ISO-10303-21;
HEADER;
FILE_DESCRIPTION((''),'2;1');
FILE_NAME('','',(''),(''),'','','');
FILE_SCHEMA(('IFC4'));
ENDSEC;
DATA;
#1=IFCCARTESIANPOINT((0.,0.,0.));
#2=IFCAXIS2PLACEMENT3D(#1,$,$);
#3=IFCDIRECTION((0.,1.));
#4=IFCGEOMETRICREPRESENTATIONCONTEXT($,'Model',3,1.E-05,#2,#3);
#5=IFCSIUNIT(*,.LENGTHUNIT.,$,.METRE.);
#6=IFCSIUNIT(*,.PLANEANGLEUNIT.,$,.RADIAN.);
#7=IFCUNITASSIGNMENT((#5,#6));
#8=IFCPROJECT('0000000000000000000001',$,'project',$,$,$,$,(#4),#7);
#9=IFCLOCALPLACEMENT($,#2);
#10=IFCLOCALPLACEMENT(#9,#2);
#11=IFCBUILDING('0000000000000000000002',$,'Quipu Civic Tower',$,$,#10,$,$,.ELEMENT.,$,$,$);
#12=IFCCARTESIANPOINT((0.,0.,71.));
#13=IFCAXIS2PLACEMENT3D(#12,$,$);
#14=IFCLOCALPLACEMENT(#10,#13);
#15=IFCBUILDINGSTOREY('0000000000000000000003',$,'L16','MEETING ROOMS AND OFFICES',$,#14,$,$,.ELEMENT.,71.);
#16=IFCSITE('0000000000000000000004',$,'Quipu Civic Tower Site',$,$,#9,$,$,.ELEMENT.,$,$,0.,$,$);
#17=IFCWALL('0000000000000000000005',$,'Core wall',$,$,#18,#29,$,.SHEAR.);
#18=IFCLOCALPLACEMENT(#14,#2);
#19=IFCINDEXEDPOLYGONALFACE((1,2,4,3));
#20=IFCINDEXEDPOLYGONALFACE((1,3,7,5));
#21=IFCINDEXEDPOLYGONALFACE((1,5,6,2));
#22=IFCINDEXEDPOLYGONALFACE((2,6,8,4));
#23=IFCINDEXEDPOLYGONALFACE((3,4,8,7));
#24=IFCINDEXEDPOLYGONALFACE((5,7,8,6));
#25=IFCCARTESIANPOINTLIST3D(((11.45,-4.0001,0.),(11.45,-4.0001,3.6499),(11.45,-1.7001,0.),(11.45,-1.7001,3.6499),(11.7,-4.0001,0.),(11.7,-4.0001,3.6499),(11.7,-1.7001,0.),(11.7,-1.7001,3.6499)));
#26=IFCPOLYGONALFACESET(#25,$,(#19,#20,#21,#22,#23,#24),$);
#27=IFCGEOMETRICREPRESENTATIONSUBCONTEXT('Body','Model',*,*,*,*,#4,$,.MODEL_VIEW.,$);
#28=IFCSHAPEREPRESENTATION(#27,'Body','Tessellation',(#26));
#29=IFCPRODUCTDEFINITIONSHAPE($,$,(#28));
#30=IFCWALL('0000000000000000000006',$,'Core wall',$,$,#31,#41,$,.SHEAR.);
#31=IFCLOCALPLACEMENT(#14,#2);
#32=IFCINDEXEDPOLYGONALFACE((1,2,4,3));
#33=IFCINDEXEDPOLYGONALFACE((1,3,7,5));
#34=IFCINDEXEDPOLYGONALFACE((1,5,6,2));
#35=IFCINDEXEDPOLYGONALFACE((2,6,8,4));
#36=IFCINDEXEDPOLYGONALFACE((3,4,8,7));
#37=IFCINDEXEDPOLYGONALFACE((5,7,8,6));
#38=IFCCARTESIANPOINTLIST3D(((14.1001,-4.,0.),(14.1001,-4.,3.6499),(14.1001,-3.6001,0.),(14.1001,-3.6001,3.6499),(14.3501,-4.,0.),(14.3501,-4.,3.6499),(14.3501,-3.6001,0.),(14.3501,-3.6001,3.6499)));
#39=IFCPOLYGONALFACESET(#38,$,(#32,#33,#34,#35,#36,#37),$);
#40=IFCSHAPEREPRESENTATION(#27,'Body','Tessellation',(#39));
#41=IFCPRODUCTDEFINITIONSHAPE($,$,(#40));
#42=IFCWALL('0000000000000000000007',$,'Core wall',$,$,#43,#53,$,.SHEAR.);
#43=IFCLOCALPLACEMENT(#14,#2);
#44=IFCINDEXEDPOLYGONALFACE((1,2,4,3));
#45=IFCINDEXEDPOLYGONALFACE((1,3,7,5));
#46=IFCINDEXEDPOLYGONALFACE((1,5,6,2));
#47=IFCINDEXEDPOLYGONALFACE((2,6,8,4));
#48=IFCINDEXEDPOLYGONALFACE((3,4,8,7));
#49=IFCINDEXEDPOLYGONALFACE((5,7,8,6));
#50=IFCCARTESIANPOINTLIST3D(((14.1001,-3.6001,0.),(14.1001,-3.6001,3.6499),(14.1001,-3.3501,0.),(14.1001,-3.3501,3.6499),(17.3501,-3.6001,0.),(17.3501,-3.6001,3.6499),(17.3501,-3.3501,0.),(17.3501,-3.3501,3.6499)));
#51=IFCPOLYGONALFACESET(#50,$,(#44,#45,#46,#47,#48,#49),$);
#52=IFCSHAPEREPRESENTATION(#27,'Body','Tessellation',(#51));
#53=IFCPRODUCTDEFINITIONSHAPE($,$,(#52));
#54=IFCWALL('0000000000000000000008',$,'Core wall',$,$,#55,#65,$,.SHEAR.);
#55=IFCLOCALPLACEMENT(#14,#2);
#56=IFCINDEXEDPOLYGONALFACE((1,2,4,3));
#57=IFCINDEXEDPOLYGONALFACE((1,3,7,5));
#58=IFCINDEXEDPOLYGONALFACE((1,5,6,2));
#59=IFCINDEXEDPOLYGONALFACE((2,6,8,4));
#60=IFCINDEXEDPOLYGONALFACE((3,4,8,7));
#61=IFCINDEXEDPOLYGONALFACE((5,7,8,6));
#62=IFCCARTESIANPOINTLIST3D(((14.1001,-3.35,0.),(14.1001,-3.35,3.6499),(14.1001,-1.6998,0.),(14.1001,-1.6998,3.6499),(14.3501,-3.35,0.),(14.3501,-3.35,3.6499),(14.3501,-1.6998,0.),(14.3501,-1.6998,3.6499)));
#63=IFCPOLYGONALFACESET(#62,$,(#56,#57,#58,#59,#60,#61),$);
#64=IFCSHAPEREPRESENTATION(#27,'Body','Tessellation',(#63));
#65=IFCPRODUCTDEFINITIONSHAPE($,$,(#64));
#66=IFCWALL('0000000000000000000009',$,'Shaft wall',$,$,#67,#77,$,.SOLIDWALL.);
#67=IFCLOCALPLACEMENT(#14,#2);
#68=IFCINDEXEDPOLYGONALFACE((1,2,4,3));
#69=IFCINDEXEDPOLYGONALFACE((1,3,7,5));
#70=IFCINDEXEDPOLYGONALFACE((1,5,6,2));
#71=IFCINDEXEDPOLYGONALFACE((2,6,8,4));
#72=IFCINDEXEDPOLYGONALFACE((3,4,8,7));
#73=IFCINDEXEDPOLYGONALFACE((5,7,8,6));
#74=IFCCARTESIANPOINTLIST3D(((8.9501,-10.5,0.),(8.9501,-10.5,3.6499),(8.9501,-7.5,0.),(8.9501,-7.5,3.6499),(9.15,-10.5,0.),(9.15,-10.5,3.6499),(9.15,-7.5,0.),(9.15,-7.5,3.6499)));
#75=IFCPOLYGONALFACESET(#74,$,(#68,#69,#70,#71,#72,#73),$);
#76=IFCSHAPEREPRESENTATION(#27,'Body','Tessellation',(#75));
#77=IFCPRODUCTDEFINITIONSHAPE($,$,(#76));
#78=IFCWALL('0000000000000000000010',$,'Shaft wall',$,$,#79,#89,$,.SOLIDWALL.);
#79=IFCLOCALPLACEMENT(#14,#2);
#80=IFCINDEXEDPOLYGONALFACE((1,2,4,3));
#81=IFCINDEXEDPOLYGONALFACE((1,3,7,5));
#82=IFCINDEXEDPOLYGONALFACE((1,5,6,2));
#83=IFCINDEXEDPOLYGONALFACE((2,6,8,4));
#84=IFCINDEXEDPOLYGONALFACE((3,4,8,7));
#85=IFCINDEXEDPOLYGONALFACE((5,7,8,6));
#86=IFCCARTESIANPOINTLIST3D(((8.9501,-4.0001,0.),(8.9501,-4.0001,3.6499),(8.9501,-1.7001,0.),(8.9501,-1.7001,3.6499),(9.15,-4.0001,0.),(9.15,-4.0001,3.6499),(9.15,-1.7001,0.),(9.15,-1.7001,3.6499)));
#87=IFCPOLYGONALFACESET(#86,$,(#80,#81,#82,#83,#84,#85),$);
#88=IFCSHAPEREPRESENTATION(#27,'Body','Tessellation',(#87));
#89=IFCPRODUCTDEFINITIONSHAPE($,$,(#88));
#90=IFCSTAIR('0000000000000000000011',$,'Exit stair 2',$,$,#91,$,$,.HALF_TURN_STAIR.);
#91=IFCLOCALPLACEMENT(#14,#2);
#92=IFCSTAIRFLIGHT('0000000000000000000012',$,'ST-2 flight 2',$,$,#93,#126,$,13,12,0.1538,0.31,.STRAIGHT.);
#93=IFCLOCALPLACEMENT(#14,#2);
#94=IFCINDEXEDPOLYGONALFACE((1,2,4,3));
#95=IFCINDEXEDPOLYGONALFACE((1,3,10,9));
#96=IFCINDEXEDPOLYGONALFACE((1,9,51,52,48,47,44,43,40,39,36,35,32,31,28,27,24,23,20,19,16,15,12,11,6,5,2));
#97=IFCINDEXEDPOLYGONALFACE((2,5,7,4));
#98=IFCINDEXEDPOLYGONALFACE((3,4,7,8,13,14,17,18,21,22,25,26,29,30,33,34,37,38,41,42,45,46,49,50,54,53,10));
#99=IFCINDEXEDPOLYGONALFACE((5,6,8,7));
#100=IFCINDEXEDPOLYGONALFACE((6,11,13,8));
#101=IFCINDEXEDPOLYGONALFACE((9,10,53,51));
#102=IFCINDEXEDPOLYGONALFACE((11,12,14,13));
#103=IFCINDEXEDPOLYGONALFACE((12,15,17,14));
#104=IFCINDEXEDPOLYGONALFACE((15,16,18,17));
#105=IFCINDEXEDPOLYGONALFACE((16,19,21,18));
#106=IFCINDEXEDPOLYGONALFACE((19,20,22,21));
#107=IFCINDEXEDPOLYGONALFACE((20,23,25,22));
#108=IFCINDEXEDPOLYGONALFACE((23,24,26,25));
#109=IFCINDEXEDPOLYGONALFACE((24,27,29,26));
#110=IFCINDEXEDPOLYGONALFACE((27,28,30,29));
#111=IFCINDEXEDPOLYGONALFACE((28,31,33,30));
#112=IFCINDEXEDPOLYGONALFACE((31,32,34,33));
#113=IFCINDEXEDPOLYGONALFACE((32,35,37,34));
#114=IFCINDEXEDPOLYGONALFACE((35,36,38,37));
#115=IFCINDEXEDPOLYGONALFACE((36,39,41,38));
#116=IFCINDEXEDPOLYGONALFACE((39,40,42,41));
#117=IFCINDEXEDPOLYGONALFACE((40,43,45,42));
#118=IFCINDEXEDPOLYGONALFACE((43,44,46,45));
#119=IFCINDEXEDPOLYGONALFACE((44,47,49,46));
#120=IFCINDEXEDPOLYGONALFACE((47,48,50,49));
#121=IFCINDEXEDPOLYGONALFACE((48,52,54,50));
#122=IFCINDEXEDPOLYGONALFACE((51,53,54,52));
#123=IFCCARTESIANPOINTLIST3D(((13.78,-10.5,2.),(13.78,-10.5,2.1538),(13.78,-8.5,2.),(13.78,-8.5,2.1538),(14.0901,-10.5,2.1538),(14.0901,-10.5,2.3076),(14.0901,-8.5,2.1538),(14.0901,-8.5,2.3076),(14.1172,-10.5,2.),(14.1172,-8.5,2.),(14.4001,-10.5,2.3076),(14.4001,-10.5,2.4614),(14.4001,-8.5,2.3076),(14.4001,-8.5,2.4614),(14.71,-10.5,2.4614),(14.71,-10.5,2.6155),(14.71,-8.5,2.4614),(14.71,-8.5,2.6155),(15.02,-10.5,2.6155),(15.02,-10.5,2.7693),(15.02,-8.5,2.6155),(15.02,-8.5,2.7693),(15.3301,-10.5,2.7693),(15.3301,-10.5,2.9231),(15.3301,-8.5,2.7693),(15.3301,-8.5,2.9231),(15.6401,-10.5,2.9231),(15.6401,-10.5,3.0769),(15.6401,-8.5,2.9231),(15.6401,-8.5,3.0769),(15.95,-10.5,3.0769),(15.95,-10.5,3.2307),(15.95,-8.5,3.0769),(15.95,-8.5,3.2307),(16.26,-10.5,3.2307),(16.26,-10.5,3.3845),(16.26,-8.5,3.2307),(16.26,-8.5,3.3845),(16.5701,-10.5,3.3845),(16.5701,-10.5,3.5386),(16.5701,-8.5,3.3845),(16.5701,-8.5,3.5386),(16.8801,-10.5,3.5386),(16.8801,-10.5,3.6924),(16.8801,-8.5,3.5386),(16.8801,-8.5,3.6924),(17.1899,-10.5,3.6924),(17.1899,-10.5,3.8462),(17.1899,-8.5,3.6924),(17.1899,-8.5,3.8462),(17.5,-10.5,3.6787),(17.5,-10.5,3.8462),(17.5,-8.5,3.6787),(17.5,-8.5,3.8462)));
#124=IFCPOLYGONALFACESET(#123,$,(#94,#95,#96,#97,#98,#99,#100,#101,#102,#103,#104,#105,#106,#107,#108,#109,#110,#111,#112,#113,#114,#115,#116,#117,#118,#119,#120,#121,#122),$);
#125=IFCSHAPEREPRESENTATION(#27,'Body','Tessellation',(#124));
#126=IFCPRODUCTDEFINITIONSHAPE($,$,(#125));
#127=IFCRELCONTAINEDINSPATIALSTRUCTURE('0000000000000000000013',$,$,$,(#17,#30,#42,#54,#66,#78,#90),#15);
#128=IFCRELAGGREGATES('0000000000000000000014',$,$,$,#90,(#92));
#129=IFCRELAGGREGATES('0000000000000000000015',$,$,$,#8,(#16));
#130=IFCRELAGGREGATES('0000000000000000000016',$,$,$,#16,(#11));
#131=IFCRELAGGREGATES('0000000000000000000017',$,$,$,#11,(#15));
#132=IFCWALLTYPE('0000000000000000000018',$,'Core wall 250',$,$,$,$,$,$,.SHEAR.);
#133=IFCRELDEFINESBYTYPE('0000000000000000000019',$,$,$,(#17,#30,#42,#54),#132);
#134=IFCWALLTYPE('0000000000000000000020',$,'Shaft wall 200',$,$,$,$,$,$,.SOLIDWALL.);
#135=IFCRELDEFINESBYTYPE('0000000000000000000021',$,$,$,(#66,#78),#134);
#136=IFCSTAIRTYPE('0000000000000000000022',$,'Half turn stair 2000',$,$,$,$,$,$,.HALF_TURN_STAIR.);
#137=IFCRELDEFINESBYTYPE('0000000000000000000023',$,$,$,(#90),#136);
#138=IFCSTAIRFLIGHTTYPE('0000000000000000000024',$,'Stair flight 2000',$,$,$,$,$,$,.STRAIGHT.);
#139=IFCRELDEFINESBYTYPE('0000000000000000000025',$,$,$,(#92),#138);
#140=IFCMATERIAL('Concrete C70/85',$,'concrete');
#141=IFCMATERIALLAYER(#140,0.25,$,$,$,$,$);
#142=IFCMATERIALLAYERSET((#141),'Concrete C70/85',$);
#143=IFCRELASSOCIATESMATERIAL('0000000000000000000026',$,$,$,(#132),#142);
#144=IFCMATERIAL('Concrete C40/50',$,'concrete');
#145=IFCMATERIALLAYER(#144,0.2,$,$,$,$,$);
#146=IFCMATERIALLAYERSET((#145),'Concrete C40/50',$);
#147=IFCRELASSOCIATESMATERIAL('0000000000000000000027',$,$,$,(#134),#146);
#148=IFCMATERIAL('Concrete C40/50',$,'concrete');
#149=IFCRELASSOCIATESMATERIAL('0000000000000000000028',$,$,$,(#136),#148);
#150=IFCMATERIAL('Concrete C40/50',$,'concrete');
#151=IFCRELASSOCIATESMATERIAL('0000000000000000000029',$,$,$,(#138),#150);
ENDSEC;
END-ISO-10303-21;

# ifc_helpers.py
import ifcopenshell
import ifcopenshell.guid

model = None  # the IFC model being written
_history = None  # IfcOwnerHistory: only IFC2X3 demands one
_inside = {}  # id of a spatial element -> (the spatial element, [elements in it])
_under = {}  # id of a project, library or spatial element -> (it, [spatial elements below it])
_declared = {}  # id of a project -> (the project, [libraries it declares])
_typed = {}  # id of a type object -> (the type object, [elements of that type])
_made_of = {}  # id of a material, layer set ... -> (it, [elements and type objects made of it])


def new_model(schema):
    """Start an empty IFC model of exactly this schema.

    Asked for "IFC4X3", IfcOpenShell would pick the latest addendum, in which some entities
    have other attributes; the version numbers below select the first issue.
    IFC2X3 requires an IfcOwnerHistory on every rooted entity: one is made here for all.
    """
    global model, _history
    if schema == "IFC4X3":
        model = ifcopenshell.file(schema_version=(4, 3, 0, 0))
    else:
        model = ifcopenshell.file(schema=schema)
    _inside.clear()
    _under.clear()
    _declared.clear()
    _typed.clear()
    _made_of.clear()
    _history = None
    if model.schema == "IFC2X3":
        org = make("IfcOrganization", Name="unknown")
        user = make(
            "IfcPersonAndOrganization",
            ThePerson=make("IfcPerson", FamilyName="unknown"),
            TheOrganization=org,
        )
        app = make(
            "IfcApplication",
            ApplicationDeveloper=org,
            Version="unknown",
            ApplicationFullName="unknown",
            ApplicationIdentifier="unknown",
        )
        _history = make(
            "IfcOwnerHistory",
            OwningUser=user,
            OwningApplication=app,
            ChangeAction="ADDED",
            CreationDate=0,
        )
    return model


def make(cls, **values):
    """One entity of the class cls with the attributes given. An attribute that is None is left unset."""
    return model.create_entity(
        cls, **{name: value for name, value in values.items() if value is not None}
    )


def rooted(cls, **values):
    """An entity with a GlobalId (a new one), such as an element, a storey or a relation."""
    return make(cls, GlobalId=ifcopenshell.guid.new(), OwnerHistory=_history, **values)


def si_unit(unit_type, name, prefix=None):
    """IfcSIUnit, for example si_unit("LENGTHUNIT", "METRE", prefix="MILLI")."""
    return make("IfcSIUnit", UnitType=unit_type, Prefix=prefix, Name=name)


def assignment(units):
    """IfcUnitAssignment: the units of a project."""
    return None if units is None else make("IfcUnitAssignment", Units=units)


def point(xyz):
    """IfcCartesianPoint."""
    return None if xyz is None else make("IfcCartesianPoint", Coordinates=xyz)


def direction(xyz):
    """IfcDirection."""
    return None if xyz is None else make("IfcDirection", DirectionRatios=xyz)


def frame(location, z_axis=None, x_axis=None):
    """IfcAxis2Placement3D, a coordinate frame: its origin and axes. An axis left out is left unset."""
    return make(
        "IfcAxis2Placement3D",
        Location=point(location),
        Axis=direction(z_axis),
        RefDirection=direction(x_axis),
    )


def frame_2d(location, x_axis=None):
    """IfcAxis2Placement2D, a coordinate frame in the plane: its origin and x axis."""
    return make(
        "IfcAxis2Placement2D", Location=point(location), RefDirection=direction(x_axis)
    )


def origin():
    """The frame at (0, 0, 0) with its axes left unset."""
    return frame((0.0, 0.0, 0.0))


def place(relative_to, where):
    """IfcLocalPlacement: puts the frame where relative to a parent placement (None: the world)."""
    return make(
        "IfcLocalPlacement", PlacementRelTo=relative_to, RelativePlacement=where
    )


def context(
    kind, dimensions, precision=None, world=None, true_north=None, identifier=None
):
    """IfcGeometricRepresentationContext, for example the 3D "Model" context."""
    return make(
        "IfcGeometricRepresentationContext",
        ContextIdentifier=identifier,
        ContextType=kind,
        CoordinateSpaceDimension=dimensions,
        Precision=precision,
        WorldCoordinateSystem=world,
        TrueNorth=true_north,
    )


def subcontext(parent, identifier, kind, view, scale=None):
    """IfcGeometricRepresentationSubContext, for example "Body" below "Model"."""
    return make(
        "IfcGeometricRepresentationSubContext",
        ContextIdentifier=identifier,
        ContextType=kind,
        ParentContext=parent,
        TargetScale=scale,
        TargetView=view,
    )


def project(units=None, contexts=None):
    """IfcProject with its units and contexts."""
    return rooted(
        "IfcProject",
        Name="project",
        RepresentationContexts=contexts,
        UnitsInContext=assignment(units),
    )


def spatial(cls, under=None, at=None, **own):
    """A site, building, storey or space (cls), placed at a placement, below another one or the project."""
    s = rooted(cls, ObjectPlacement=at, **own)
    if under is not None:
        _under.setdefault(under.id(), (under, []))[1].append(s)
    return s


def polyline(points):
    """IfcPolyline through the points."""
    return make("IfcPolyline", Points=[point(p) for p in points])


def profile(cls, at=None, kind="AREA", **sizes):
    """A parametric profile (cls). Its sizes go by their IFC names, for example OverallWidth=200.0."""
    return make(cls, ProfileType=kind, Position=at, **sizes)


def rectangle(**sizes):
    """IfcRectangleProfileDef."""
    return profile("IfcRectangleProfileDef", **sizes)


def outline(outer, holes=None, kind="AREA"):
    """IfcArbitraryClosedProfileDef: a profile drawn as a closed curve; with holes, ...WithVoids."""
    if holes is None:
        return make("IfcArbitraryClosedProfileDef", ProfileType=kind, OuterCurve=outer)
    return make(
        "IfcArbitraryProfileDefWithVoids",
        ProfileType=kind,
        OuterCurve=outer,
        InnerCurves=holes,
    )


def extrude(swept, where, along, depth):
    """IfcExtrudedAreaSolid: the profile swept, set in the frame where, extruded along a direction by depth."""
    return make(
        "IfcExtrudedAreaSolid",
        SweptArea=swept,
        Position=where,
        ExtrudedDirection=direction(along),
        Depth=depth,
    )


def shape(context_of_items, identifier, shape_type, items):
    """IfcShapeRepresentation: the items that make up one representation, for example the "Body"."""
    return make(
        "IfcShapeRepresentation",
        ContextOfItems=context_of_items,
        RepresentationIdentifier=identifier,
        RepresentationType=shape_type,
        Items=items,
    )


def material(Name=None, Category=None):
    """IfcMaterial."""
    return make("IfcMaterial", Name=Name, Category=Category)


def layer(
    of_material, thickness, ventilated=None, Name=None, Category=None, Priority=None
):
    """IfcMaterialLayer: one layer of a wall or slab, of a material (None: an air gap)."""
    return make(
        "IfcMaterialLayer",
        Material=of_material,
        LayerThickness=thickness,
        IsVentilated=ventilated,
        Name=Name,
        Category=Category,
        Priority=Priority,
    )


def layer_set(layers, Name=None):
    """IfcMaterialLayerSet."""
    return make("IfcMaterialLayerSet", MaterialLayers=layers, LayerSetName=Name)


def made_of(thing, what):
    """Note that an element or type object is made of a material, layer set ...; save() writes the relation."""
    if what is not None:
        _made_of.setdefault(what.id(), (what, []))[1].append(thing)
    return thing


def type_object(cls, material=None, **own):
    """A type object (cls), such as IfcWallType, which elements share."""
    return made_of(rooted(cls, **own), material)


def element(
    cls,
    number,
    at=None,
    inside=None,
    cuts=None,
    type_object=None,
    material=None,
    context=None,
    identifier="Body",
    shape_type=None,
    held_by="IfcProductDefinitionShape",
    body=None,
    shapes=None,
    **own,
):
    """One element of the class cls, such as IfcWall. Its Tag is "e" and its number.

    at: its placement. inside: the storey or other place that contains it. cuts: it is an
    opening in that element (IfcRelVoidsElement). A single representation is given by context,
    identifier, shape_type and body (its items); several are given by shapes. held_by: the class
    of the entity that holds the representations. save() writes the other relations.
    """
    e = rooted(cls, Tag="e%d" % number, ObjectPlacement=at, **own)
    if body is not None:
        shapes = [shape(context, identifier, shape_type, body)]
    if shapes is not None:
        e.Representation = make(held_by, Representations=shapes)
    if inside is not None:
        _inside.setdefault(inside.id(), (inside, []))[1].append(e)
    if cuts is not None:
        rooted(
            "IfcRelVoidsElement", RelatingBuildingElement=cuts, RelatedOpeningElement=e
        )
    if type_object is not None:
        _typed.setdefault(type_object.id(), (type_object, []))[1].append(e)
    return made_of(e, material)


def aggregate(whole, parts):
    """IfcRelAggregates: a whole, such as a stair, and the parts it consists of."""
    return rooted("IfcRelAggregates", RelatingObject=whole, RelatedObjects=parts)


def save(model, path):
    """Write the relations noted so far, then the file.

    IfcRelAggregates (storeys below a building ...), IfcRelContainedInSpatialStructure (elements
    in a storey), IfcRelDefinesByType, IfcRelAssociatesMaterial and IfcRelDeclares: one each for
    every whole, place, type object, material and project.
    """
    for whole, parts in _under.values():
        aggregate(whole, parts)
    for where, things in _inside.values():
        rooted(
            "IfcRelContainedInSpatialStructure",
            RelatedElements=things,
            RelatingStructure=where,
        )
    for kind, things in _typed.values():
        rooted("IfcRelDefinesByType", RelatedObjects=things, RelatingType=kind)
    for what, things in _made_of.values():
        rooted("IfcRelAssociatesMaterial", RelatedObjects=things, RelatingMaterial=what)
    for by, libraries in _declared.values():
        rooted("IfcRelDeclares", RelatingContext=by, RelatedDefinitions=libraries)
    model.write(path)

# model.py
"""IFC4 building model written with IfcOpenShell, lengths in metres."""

from ifc_helpers import new_model, si_unit, direction, frame, frame_2d, origin, place, context, subcontext, project, spatial, polyline, rectangle, outline, extrude, material, layer, layer_set, type_object, element, aggregate, save


model = new_model("IFC4")

# Units and contexts
model_context = context("Model", 3, precision=1e-05, world=origin(), true_north=direction((0.0, 1.0)))
body_context = subcontext(model_context, "Body", "Model", "MODEL_VIEW")
ifc_project = project(units=[si_unit("LENGTHUNIT", "METRE"), si_unit("PLANEANGLEUNIT", "RADIAN")], contexts=[model_context])

# Site, building, storey
site_placement = place(None, origin())
site = spatial("IfcSite", under=ifc_project, at=site_placement, Name="Quipu Civic Tower Site", CompositionType="ELEMENT", RefElevation=0.0)
building_placement = place(site_placement, origin())
building = spatial("IfcBuilding", under=site, at=building_placement, Name="Quipu Civic Tower", CompositionType="ELEMENT")
storey_placement = place(building_placement, frame((0.0, 0.0, 71.0)))
storey = spatial("IfcBuildingStorey", under=building, at=storey_placement, Name="L16", Description="MEETING ROOMS AND OFFICES", CompositionType="ELEMENT", Elevation=71.0)

# Shared definitions
ifc_material_1 = material(Name="Concrete C70/85", Category="concrete")
ifc_layer_1 = layer(ifc_material_1, 0.25)
ifc_layer_set_1 = layer_set([ifc_layer_1], Name="Concrete C70/85")
wall_type_1 = type_object("IfcWallType", Name="Core wall 250", PredefinedType="SHEAR", material=ifc_layer_set_1)

# Walls
wall_1_placement = place(storey_placement, frame((11.575, -4.0, 0.0), z_axis=(0.0, 0.0, 1.0), x_axis=(0.0, 1.0, 0.0)))
element("IfcWall", 1, at=wall_1_placement, inside=storey, type_object=wall_type_1, Name="Core wall", PredefinedType="SHEAR", context=body_context, shape_type="SweptSolid", body=[
    extrude(rectangle(XDim=2.3, YDim=0.25, at=frame_2d((1.1499, 0.0))), origin(), (0.0, 0.0, 1.0), 3.6499),
])
wall_2_placement = place(storey_placement, frame((14.2251, -4.0, 0.0), z_axis=(0.0, 0.0, 1.0), x_axis=(0.0, 1.0, 0.0)))
element("IfcWall", 2, at=wall_2_placement, inside=storey, type_object=wall_type_1, Name="Core wall", PredefinedType="SHEAR", context=body_context, shape_type="SweptSolid", body=[
    extrude(rectangle(XDim=0.3999, YDim=0.25, at=frame_2d((0.2, 0.0))), origin(), (0.0, 0.0, 1.0), 3.6499),
])
wall_3_placement = place(storey_placement, frame((14.1001, -3.4751, 0.0), z_axis=(0.0, 0.0, 1.0), x_axis=(1.0, 0.0, 0.0)))
element("IfcWall", 3, at=wall_3_placement, inside=storey, type_object=wall_type_1, Name="Core wall", PredefinedType="SHEAR", context=body_context, shape_type="SweptSolid", body=[
    extrude(rectangle(XDim=3.25, YDim=0.25, at=frame_2d((1.625, 0.0))), origin(), (0.0, 0.0, 1.0), 3.6499),
])
wall_4_placement = place(storey_placement, frame((14.2251, -3.3501, 0.0), z_axis=(0.0, 0.0, 1.0), x_axis=(0.0, 1.0, 0.0)))
element("IfcWall", 4, at=wall_4_placement, inside=storey, type_object=wall_type_1, Name="Core wall", PredefinedType="SHEAR", context=body_context, shape_type="SweptSolid", body=[
    extrude(rectangle(XDim=1.6501, YDim=0.25, at=frame_2d((0.8252, 0.0))), origin(), (0.0, 0.0, 1.0), 3.6499),
])
ifc_material_2 = material(Name="Concrete C40/50", Category="concrete")
ifc_layer_2 = layer(ifc_material_2, 0.2)
ifc_layer_set_2 = layer_set([ifc_layer_2], Name="Concrete C40/50")
wall_type_2 = type_object("IfcWallType", Name="Shaft wall 200", PredefinedType="SOLIDWALL", material=ifc_layer_set_2)
wall_5_placement = place(storey_placement, frame((9.05, -10.5, 0.0), z_axis=(0.0, 0.0, 1.0), x_axis=(0.0, 1.0, 0.0)))
element("IfcWall", 5, at=wall_5_placement, inside=storey, type_object=wall_type_2, Name="Shaft wall", PredefinedType="SOLIDWALL", context=body_context, shape_type="SweptSolid", body=[
    extrude(rectangle(XDim=3.0, YDim=0.2, at=frame_2d((1.5, 0.0))), origin(), (0.0, 0.0, 1.0), 3.6499),
])
wall_6_placement = place(storey_placement, frame((9.05, -4.0, 0.0), z_axis=(0.0, 0.0, 1.0), x_axis=(0.0, 1.0, 0.0)))
element("IfcWall", 6, at=wall_6_placement, inside=storey, type_object=wall_type_2, Name="Shaft wall", PredefinedType="SOLIDWALL", context=body_context, shape_type="SweptSolid", body=[
    extrude(rectangle(XDim=2.3, YDim=0.2, at=frame_2d((1.1499, 0.0))), origin(), (0.0, 0.0, 1.0), 3.6499),
])

# Stair, stair flight
ifc_material_3 = material(Name="Concrete C40/50", Category="concrete")
stair_type = type_object("IfcStairType", Name="Half turn stair 2000", PredefinedType="HALF_TURN_STAIR", material=ifc_material_3)
stair_placement = place(storey_placement, origin())
stair = element("IfcStair", 7, at=stair_placement, inside=storey, type_object=stair_type, Name="Exit stair 2", PredefinedType="HALF_TURN_STAIR")
ifc_material_4 = material(Name="Concrete C40/50", Category="concrete")
stair_flight_type = type_object("IfcStairFlightType", Name="Stair flight 2000", PredefinedType="STRAIGHT", material=ifc_material_4)
stair_flight_placement = place(storey_placement, frame((13.78, -9.5, 2.0), z_axis=(0.0, 0.0, 1.0), x_axis=(1.0, 0.0, 0.0)))
stair_flight = element("IfcStairFlight", 8, at=stair_flight_placement, type_object=stair_flight_type, Name="ST-2 flight 2", NumberOfRisers=13, NumberOfTreads=12, PredefinedType="STRAIGHT", RiserHeight=0.1538, TreadLength=0.31, context=body_context, shape_type="SweptSolid", body=[
    extrude(outline(polyline([(0.0, 0.0), (0.0, 0.1538), (0.3101, 0.1538), (0.3101, 0.3076), (0.6201, 0.3076), (0.6201, 0.4614), (0.9299, 0.4614), (0.9299, 0.6155), (1.24, 0.6155), (1.24, 0.7693), (1.55, 0.7693), (1.55, 0.9231), (1.8601, 0.9231), (1.8601, 1.0769), (2.1699, 1.0769), (2.1699, 1.2307), (2.48, 1.2307), (2.48, 1.3845), (2.79, 1.3845), (2.79, 1.5386), (3.1001, 1.5386), (3.1001, 1.6924), (3.4099, 1.6924), (3.4099, 1.8462), (3.72, 1.8462), (3.72, 2.0), (3.72, 1.6787), (0.3372, 0.0), (0.0, 0.0)])), frame((0.0, 1.0, 0.0), z_axis=(0.0, -1.0, 0.0), x_axis=(1.0, 0.0, 0.0)), (0.0, 0.0, 1.0), 2.0),
])
aggregate(stair, [stair_flight])

save(model, "model.ifc")
